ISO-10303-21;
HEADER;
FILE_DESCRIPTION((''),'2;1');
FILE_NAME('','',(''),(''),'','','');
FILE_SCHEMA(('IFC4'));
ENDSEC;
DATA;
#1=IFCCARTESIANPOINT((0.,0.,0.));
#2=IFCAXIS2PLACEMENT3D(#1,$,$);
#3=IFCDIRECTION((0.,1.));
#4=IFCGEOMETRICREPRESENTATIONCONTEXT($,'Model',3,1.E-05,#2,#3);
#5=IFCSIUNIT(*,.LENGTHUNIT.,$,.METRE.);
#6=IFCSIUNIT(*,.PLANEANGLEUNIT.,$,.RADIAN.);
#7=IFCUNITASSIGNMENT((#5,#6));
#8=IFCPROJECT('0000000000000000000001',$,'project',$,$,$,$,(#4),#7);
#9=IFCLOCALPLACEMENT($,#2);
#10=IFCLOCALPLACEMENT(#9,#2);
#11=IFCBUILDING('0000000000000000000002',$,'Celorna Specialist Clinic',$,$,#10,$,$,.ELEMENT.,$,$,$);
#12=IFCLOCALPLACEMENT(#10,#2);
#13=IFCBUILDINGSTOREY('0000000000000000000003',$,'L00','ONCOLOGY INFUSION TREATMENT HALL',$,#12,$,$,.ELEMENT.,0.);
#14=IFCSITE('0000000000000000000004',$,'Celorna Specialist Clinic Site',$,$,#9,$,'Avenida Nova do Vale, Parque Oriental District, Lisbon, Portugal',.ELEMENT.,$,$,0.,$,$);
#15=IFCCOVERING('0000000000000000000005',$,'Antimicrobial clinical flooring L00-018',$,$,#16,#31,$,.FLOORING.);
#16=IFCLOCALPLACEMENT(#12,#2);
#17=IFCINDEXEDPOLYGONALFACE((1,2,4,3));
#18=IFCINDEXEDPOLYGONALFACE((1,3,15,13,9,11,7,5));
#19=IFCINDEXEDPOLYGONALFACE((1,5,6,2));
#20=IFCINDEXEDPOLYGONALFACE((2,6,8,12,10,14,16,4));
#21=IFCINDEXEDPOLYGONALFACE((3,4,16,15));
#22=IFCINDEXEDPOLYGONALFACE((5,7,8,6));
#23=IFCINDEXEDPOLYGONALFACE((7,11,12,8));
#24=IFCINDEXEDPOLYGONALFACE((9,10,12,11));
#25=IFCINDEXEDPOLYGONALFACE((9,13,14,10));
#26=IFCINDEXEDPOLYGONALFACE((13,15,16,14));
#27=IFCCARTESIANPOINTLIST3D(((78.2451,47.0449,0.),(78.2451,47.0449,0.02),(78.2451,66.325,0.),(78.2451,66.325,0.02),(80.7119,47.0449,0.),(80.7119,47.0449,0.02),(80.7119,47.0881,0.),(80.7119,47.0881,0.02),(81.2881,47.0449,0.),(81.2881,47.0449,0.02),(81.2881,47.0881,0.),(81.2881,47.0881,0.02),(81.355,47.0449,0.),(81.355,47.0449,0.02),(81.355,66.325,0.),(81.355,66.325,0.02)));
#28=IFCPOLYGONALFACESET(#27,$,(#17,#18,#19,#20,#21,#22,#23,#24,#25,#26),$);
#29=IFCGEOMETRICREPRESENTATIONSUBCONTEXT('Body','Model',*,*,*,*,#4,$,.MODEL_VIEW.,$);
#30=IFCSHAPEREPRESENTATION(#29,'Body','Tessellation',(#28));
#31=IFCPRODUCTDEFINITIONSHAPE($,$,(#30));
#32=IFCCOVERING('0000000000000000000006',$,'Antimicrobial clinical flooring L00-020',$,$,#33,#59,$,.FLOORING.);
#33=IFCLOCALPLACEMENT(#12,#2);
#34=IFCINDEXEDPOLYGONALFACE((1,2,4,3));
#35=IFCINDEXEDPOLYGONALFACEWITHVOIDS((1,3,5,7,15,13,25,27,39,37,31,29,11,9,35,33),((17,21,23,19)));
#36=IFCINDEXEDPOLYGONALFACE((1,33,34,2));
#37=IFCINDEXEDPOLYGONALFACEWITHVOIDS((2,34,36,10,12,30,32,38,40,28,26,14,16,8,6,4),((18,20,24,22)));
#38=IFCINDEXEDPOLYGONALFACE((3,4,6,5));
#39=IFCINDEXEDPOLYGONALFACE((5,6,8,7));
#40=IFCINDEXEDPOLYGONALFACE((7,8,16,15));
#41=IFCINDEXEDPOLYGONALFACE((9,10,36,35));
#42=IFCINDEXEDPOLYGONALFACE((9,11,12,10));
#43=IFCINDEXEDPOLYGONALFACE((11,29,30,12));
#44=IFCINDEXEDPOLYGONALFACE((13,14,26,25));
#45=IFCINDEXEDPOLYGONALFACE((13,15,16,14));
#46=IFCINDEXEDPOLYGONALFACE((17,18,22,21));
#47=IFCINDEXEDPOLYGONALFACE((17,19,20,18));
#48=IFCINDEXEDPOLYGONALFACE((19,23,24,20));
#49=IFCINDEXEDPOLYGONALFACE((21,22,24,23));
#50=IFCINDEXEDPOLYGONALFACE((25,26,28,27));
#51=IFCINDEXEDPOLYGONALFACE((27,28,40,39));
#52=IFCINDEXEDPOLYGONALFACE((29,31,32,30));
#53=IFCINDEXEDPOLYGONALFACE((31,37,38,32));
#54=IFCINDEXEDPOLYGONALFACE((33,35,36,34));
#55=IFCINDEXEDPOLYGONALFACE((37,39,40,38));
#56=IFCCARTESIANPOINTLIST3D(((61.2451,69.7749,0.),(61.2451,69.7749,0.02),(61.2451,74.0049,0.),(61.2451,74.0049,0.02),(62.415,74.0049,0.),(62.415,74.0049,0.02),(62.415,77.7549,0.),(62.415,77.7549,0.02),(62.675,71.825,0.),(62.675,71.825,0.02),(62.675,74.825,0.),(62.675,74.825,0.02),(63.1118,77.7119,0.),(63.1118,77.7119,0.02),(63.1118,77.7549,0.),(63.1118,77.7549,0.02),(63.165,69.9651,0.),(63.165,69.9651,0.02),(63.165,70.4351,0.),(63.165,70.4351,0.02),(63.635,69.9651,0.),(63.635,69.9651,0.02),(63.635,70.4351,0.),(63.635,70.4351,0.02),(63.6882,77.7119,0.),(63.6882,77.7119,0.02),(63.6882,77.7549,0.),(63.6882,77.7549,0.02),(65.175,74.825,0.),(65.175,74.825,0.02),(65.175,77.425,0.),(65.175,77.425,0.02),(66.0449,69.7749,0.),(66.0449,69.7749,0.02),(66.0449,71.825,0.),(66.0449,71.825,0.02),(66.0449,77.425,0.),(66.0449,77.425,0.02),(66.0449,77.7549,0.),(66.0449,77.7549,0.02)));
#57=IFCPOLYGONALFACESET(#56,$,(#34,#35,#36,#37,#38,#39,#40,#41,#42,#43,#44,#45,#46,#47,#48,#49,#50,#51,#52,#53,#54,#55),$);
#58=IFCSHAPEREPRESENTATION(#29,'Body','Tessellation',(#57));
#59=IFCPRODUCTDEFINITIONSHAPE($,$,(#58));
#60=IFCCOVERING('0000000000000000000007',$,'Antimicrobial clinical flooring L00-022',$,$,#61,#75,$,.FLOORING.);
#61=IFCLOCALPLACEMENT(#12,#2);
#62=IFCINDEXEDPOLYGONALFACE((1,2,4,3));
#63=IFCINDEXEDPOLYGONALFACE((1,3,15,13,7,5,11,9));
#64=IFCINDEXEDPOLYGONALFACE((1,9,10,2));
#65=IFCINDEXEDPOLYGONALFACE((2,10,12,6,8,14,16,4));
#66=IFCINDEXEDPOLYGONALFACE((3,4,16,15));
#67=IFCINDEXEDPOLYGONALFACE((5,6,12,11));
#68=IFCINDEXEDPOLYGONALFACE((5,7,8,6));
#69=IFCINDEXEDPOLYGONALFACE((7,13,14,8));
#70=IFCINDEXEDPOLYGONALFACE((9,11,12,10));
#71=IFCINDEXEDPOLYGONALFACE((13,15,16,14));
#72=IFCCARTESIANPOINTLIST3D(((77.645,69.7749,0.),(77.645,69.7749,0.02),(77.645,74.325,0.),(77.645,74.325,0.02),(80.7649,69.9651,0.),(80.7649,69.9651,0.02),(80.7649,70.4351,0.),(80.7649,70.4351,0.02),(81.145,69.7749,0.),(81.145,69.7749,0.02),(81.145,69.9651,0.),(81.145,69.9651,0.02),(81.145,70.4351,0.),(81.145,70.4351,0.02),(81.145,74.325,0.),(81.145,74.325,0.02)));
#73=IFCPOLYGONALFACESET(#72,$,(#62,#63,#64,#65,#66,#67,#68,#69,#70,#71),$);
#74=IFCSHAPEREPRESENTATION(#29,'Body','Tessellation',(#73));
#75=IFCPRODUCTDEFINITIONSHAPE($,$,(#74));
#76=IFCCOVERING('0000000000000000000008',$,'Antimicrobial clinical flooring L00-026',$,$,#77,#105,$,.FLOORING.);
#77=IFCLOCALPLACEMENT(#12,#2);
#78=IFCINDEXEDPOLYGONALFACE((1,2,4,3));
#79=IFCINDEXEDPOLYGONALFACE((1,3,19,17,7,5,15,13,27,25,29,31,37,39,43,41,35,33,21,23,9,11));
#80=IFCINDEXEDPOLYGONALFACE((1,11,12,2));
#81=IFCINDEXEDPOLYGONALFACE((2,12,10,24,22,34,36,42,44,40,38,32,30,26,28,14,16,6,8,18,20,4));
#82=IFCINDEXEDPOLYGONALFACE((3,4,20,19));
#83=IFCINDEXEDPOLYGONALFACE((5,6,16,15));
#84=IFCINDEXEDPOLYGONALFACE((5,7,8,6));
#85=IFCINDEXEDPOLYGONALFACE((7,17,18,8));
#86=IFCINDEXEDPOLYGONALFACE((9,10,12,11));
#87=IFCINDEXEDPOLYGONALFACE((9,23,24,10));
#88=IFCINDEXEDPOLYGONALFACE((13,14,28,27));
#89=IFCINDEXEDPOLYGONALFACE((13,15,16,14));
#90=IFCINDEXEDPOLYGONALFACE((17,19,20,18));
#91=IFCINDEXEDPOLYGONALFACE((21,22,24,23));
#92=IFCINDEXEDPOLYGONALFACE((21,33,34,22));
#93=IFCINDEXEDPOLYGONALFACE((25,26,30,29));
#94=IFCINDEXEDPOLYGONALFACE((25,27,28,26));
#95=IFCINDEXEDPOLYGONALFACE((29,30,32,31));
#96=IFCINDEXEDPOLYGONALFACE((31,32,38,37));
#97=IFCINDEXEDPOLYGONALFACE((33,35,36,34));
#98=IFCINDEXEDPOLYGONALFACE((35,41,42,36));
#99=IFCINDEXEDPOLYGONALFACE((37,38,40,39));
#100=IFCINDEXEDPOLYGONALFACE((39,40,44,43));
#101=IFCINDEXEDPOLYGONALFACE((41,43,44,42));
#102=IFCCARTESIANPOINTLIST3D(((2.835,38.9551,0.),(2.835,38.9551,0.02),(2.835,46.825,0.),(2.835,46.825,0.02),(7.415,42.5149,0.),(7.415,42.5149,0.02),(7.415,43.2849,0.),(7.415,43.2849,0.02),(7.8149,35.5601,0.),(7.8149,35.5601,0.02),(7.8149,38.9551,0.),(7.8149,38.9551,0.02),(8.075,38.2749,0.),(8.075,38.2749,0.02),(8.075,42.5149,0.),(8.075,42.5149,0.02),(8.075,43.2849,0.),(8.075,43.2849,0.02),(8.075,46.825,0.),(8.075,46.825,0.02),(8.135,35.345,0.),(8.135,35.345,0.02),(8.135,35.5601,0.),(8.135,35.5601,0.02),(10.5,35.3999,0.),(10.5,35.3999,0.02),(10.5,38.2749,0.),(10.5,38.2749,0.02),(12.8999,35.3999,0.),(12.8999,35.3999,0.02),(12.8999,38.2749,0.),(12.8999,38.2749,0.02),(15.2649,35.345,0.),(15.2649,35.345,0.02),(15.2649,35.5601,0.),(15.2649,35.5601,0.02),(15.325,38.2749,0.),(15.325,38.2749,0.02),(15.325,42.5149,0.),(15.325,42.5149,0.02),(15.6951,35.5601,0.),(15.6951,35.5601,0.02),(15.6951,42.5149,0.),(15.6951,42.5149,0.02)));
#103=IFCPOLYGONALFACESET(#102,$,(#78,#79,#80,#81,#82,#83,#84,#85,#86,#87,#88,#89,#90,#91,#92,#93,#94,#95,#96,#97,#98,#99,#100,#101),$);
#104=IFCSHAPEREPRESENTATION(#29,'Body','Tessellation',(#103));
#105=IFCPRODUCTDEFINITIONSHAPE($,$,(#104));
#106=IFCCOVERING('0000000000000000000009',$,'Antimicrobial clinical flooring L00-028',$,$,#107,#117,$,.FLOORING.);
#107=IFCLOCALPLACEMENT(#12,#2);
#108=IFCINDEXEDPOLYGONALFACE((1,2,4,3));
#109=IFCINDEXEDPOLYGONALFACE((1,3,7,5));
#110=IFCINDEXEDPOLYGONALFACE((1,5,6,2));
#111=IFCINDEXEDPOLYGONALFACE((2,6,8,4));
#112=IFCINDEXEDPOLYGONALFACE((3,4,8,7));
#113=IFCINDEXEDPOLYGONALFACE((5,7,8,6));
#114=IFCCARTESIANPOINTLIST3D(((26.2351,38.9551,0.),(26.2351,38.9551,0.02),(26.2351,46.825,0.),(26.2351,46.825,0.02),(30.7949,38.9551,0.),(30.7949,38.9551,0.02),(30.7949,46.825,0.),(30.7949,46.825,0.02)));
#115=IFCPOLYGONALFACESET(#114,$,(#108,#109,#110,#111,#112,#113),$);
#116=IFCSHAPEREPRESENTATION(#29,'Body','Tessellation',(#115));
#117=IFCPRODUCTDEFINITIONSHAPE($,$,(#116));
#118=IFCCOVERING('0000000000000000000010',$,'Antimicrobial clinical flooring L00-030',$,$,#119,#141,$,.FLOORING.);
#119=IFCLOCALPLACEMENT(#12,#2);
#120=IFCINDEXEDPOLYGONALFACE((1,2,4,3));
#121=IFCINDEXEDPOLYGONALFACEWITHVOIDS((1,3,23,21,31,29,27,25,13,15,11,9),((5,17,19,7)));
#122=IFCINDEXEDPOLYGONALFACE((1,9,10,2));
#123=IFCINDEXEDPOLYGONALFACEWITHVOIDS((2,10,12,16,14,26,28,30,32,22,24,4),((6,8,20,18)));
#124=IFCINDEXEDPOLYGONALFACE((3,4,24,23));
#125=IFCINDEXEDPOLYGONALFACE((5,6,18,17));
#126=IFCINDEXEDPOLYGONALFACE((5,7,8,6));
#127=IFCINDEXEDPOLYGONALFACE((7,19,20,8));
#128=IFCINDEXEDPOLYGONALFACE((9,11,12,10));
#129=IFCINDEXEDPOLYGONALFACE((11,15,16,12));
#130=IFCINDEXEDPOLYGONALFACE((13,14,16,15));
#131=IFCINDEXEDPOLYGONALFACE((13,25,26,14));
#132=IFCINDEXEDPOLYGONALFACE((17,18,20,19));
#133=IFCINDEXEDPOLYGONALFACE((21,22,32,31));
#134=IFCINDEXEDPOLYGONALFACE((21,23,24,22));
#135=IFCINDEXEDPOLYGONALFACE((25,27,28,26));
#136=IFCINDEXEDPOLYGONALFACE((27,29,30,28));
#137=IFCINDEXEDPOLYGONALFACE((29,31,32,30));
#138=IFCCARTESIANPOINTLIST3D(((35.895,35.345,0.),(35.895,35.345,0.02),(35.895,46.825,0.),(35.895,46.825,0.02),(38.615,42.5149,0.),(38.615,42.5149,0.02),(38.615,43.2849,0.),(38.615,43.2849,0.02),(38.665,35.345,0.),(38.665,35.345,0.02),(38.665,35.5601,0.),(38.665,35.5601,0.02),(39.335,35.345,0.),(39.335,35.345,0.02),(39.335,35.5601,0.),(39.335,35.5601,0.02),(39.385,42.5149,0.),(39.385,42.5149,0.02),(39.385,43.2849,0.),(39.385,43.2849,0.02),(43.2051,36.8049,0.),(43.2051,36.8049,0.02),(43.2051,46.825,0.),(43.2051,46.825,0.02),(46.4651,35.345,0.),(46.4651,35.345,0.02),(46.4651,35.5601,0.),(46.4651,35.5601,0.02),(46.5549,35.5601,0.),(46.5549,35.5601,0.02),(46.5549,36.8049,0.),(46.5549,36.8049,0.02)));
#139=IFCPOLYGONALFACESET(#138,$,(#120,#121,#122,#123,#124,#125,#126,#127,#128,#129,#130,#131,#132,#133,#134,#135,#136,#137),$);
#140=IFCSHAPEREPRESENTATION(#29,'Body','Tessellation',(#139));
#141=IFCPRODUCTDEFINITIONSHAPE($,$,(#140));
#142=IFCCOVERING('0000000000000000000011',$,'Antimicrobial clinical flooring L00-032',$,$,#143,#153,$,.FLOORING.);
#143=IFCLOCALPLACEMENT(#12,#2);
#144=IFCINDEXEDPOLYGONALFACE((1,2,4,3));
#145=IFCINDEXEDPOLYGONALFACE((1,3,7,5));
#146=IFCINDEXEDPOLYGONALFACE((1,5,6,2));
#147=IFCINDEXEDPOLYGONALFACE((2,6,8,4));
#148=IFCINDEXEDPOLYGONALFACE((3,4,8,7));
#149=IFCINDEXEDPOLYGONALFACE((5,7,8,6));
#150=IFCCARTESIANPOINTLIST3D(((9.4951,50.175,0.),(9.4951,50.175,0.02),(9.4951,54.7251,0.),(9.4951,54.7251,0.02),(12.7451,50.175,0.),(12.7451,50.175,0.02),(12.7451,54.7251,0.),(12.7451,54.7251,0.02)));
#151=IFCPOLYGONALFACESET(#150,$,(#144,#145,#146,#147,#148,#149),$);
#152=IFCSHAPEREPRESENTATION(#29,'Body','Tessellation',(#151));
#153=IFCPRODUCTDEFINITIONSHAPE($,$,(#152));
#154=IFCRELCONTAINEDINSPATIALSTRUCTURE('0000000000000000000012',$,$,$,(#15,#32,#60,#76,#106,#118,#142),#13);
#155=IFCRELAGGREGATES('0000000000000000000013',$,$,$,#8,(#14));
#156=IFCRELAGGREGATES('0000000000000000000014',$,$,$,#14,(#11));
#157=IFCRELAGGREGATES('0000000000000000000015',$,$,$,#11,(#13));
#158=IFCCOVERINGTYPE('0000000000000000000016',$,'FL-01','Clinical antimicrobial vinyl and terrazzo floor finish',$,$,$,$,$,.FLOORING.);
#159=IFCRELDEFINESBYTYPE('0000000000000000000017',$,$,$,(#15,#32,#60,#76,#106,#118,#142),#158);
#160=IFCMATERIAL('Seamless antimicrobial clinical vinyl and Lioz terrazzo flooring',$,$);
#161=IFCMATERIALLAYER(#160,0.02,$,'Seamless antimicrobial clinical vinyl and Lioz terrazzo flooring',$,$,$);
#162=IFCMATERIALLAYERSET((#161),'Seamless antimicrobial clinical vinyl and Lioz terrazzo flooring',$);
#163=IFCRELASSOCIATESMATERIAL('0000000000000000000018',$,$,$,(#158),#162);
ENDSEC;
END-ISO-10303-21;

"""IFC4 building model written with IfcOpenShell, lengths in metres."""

from ifc_helpers import new_model, si_unit, direction, origin, place, context, subcontext, project, spatial, polyline, outline, extrude, material, layer, layer_set, type_object, element, save


model = new_model("IFC4")

# Units and contexts
model_context = context("Model", 3, precision=1e-05, world=origin(), true_north=direction((0.0, 1.0)))
body_context = subcontext(model_context, "Body", "Model", "MODEL_VIEW")
ifc_project = project(units=[si_unit("LENGTHUNIT", "METRE"), si_unit("PLANEANGLEUNIT", "RADIAN")], contexts=[model_context])

# Site, building, storey
site_placement = place(None, origin())
site = spatial("IfcSite", under=ifc_project, at=site_placement, Name="Celorna Specialist Clinic Site", LongName="Avenida Nova do Vale, Parque Oriental District, Lisbon, Portugal", CompositionType="ELEMENT", RefElevation=0.0)
building_placement = place(site_placement, origin())
building = spatial("IfcBuilding", under=site, at=building_placement, Name="Celorna Specialist Clinic", CompositionType="ELEMENT")
storey_placement = place(building_placement, origin())
storey = spatial("IfcBuildingStorey", under=building, at=storey_placement, Name="L00", Description="ONCOLOGY INFUSION TREATMENT HALL", CompositionType="ELEMENT", Elevation=0.0)

# Coverings
ifc_material_1 = material(Name="Seamless antimicrobial clinical vinyl and Lioz terrazzo flooring")
ifc_layer_1 = layer(ifc_material_1, 0.02, Name="Seamless antimicrobial clinical vinyl and Lioz terrazzo flooring")
ifc_layer_set_1 = layer_set([ifc_layer_1], Name="Seamless antimicrobial clinical vinyl and Lioz terrazzo flooring")
covering_type = type_object("IfcCoveringType", Name="FL-01", Description="Clinical antimicrobial vinyl and terrazzo floor finish", PredefinedType="FLOORING", material=ifc_layer_set_1)
covering_1_placement = place(storey_placement, origin())
element("IfcCovering", 1, at=covering_1_placement, inside=storey, type_object=covering_type, Name="Antimicrobial clinical flooring L00-018", PredefinedType="FLOORING", context=body_context, shape_type="SweptSolid", body=[
    extrude(outline(polyline([(78.2451, 66.325), (81.355, 66.325), (81.355, 47.0449), (81.2881, 47.0449), (81.2881, 47.0881), (80.7119, 47.0881), (80.7119, 47.0449), (78.2451, 47.0449), (78.2451, 66.325)])), origin(), (0.0, 0.0, 1.0), 0.02),
])
covering_2_placement = place(storey_placement, origin())
element("IfcCovering", 2, at=covering_2_placement, inside=storey, type_object=covering_type, Name="Antimicrobial clinical flooring L00-020", PredefinedType="FLOORING", context=body_context, shape_type="SweptSolid", body=[
    extrude(outline(polyline([(62.415, 77.7549), (63.1118, 77.7549), (63.1118, 77.7119), (63.6882, 77.7119), (63.6882, 77.7549), (66.0449, 77.7549), (66.0449, 77.425), (65.175, 77.425), (65.175, 74.825), (62.675, 74.825), (62.675, 71.825), (66.0449, 71.825), (66.0449, 69.7749), (61.2451, 69.7749), (61.2451, 74.0049), (62.415, 74.0049), (62.415, 77.7549)]), holes=[polyline([(63.635, 70.4351), (63.165, 70.4351), (63.165, 69.9651), (63.635, 69.9651), (63.635, 70.4351)])]), origin(), (0.0, 0.0, 1.0), 0.02),
])
covering_3_placement = place(storey_placement, origin())
element("IfcCovering", 3, at=covering_3_placement, inside=storey, type_object=covering_type, Name="Antimicrobial clinical flooring L00-022", PredefinedType="FLOORING", context=body_context, shape_type="SweptSolid", body=[
    extrude(outline(polyline([(77.645, 74.325), (81.145, 74.325), (81.145, 70.4351), (80.7649, 70.4351), (80.7649, 69.9651), (81.145, 69.9651), (81.145, 69.7749), (77.645, 69.7749), (77.645, 74.325)])), origin(), (0.0, 0.0, 1.0), 0.02),
])
covering_4_placement = place(storey_placement, origin())
element("IfcCovering", 4, at=covering_4_placement, inside=storey, type_object=covering_type, Name="Antimicrobial clinical flooring L00-026", PredefinedType="FLOORING", context=body_context, shape_type="SweptSolid", body=[
    extrude(outline(polyline([(8.075, 42.5149), (8.075, 38.2749), (10.5, 38.2749), (10.5, 35.3999), (12.8999, 35.3999), (12.8999, 38.2749), (15.325, 38.2749), (15.325, 42.5149), (15.6951, 42.5149), (15.6951, 35.5601), (15.2649, 35.5601), (15.2649, 35.345), (8.135, 35.345), (8.135, 35.5601), (7.8149, 35.5601), (7.8149, 38.9551), (2.835, 38.9551), (2.835, 46.825), (8.075, 46.825), (8.075, 43.2849), (7.415, 43.2849), (7.415, 42.5149), (8.075, 42.5149)])), origin(), (0.0, 0.0, 1.0), 0.02),
])
covering_5_placement = place(storey_placement, origin())
element("IfcCovering", 5, at=covering_5_placement, inside=storey, type_object=covering_type, Name="Antimicrobial clinical flooring L00-028", PredefinedType="FLOORING", context=body_context, shape_type="SweptSolid", body=[
    extrude(outline(polyline([(30.7949, 38.9551), (26.2351, 38.9551), (26.2351, 46.825), (30.7949, 46.825), (30.7949, 38.9551)])), origin(), (0.0, 0.0, 1.0), 0.02),
])
covering_6_placement = place(storey_placement, origin())
element("IfcCovering", 6, at=covering_6_placement, inside=storey, type_object=covering_type, Name="Antimicrobial clinical flooring L00-030", PredefinedType="FLOORING", context=body_context, shape_type="SweptSolid", body=[
    extrude(outline(polyline([(39.335, 35.345), (39.335, 35.5601), (38.665, 35.5601), (38.665, 35.345), (35.895, 35.345), (35.895, 46.825), (43.2051, 46.825), (43.2051, 36.8049), (46.5549, 36.8049), (46.5549, 35.5601), (46.4651, 35.5601), (46.4651, 35.345), (39.335, 35.345)]), holes=[polyline([(39.385, 42.5149), (39.385, 43.2849), (38.615, 43.2849), (38.615, 42.5149), (39.385, 42.5149)])]), origin(), (0.0, 0.0, 1.0), 0.02),
])
covering_7_placement = place(storey_placement, origin())
element("IfcCovering", 7, at=covering_7_placement, inside=storey, type_object=covering_type, Name="Antimicrobial clinical flooring L00-032", PredefinedType="FLOORING", context=body_context, shape_type="SweptSolid", body=[
    extrude(outline(polyline([(9.4951, 54.7251), (12.7451, 54.7251), (12.7451, 50.175), (9.4951, 50.175), (9.4951, 54.7251)])), origin(), (0.0, 0.0, 1.0), 0.02),
])

save(model, "model.ifc")
